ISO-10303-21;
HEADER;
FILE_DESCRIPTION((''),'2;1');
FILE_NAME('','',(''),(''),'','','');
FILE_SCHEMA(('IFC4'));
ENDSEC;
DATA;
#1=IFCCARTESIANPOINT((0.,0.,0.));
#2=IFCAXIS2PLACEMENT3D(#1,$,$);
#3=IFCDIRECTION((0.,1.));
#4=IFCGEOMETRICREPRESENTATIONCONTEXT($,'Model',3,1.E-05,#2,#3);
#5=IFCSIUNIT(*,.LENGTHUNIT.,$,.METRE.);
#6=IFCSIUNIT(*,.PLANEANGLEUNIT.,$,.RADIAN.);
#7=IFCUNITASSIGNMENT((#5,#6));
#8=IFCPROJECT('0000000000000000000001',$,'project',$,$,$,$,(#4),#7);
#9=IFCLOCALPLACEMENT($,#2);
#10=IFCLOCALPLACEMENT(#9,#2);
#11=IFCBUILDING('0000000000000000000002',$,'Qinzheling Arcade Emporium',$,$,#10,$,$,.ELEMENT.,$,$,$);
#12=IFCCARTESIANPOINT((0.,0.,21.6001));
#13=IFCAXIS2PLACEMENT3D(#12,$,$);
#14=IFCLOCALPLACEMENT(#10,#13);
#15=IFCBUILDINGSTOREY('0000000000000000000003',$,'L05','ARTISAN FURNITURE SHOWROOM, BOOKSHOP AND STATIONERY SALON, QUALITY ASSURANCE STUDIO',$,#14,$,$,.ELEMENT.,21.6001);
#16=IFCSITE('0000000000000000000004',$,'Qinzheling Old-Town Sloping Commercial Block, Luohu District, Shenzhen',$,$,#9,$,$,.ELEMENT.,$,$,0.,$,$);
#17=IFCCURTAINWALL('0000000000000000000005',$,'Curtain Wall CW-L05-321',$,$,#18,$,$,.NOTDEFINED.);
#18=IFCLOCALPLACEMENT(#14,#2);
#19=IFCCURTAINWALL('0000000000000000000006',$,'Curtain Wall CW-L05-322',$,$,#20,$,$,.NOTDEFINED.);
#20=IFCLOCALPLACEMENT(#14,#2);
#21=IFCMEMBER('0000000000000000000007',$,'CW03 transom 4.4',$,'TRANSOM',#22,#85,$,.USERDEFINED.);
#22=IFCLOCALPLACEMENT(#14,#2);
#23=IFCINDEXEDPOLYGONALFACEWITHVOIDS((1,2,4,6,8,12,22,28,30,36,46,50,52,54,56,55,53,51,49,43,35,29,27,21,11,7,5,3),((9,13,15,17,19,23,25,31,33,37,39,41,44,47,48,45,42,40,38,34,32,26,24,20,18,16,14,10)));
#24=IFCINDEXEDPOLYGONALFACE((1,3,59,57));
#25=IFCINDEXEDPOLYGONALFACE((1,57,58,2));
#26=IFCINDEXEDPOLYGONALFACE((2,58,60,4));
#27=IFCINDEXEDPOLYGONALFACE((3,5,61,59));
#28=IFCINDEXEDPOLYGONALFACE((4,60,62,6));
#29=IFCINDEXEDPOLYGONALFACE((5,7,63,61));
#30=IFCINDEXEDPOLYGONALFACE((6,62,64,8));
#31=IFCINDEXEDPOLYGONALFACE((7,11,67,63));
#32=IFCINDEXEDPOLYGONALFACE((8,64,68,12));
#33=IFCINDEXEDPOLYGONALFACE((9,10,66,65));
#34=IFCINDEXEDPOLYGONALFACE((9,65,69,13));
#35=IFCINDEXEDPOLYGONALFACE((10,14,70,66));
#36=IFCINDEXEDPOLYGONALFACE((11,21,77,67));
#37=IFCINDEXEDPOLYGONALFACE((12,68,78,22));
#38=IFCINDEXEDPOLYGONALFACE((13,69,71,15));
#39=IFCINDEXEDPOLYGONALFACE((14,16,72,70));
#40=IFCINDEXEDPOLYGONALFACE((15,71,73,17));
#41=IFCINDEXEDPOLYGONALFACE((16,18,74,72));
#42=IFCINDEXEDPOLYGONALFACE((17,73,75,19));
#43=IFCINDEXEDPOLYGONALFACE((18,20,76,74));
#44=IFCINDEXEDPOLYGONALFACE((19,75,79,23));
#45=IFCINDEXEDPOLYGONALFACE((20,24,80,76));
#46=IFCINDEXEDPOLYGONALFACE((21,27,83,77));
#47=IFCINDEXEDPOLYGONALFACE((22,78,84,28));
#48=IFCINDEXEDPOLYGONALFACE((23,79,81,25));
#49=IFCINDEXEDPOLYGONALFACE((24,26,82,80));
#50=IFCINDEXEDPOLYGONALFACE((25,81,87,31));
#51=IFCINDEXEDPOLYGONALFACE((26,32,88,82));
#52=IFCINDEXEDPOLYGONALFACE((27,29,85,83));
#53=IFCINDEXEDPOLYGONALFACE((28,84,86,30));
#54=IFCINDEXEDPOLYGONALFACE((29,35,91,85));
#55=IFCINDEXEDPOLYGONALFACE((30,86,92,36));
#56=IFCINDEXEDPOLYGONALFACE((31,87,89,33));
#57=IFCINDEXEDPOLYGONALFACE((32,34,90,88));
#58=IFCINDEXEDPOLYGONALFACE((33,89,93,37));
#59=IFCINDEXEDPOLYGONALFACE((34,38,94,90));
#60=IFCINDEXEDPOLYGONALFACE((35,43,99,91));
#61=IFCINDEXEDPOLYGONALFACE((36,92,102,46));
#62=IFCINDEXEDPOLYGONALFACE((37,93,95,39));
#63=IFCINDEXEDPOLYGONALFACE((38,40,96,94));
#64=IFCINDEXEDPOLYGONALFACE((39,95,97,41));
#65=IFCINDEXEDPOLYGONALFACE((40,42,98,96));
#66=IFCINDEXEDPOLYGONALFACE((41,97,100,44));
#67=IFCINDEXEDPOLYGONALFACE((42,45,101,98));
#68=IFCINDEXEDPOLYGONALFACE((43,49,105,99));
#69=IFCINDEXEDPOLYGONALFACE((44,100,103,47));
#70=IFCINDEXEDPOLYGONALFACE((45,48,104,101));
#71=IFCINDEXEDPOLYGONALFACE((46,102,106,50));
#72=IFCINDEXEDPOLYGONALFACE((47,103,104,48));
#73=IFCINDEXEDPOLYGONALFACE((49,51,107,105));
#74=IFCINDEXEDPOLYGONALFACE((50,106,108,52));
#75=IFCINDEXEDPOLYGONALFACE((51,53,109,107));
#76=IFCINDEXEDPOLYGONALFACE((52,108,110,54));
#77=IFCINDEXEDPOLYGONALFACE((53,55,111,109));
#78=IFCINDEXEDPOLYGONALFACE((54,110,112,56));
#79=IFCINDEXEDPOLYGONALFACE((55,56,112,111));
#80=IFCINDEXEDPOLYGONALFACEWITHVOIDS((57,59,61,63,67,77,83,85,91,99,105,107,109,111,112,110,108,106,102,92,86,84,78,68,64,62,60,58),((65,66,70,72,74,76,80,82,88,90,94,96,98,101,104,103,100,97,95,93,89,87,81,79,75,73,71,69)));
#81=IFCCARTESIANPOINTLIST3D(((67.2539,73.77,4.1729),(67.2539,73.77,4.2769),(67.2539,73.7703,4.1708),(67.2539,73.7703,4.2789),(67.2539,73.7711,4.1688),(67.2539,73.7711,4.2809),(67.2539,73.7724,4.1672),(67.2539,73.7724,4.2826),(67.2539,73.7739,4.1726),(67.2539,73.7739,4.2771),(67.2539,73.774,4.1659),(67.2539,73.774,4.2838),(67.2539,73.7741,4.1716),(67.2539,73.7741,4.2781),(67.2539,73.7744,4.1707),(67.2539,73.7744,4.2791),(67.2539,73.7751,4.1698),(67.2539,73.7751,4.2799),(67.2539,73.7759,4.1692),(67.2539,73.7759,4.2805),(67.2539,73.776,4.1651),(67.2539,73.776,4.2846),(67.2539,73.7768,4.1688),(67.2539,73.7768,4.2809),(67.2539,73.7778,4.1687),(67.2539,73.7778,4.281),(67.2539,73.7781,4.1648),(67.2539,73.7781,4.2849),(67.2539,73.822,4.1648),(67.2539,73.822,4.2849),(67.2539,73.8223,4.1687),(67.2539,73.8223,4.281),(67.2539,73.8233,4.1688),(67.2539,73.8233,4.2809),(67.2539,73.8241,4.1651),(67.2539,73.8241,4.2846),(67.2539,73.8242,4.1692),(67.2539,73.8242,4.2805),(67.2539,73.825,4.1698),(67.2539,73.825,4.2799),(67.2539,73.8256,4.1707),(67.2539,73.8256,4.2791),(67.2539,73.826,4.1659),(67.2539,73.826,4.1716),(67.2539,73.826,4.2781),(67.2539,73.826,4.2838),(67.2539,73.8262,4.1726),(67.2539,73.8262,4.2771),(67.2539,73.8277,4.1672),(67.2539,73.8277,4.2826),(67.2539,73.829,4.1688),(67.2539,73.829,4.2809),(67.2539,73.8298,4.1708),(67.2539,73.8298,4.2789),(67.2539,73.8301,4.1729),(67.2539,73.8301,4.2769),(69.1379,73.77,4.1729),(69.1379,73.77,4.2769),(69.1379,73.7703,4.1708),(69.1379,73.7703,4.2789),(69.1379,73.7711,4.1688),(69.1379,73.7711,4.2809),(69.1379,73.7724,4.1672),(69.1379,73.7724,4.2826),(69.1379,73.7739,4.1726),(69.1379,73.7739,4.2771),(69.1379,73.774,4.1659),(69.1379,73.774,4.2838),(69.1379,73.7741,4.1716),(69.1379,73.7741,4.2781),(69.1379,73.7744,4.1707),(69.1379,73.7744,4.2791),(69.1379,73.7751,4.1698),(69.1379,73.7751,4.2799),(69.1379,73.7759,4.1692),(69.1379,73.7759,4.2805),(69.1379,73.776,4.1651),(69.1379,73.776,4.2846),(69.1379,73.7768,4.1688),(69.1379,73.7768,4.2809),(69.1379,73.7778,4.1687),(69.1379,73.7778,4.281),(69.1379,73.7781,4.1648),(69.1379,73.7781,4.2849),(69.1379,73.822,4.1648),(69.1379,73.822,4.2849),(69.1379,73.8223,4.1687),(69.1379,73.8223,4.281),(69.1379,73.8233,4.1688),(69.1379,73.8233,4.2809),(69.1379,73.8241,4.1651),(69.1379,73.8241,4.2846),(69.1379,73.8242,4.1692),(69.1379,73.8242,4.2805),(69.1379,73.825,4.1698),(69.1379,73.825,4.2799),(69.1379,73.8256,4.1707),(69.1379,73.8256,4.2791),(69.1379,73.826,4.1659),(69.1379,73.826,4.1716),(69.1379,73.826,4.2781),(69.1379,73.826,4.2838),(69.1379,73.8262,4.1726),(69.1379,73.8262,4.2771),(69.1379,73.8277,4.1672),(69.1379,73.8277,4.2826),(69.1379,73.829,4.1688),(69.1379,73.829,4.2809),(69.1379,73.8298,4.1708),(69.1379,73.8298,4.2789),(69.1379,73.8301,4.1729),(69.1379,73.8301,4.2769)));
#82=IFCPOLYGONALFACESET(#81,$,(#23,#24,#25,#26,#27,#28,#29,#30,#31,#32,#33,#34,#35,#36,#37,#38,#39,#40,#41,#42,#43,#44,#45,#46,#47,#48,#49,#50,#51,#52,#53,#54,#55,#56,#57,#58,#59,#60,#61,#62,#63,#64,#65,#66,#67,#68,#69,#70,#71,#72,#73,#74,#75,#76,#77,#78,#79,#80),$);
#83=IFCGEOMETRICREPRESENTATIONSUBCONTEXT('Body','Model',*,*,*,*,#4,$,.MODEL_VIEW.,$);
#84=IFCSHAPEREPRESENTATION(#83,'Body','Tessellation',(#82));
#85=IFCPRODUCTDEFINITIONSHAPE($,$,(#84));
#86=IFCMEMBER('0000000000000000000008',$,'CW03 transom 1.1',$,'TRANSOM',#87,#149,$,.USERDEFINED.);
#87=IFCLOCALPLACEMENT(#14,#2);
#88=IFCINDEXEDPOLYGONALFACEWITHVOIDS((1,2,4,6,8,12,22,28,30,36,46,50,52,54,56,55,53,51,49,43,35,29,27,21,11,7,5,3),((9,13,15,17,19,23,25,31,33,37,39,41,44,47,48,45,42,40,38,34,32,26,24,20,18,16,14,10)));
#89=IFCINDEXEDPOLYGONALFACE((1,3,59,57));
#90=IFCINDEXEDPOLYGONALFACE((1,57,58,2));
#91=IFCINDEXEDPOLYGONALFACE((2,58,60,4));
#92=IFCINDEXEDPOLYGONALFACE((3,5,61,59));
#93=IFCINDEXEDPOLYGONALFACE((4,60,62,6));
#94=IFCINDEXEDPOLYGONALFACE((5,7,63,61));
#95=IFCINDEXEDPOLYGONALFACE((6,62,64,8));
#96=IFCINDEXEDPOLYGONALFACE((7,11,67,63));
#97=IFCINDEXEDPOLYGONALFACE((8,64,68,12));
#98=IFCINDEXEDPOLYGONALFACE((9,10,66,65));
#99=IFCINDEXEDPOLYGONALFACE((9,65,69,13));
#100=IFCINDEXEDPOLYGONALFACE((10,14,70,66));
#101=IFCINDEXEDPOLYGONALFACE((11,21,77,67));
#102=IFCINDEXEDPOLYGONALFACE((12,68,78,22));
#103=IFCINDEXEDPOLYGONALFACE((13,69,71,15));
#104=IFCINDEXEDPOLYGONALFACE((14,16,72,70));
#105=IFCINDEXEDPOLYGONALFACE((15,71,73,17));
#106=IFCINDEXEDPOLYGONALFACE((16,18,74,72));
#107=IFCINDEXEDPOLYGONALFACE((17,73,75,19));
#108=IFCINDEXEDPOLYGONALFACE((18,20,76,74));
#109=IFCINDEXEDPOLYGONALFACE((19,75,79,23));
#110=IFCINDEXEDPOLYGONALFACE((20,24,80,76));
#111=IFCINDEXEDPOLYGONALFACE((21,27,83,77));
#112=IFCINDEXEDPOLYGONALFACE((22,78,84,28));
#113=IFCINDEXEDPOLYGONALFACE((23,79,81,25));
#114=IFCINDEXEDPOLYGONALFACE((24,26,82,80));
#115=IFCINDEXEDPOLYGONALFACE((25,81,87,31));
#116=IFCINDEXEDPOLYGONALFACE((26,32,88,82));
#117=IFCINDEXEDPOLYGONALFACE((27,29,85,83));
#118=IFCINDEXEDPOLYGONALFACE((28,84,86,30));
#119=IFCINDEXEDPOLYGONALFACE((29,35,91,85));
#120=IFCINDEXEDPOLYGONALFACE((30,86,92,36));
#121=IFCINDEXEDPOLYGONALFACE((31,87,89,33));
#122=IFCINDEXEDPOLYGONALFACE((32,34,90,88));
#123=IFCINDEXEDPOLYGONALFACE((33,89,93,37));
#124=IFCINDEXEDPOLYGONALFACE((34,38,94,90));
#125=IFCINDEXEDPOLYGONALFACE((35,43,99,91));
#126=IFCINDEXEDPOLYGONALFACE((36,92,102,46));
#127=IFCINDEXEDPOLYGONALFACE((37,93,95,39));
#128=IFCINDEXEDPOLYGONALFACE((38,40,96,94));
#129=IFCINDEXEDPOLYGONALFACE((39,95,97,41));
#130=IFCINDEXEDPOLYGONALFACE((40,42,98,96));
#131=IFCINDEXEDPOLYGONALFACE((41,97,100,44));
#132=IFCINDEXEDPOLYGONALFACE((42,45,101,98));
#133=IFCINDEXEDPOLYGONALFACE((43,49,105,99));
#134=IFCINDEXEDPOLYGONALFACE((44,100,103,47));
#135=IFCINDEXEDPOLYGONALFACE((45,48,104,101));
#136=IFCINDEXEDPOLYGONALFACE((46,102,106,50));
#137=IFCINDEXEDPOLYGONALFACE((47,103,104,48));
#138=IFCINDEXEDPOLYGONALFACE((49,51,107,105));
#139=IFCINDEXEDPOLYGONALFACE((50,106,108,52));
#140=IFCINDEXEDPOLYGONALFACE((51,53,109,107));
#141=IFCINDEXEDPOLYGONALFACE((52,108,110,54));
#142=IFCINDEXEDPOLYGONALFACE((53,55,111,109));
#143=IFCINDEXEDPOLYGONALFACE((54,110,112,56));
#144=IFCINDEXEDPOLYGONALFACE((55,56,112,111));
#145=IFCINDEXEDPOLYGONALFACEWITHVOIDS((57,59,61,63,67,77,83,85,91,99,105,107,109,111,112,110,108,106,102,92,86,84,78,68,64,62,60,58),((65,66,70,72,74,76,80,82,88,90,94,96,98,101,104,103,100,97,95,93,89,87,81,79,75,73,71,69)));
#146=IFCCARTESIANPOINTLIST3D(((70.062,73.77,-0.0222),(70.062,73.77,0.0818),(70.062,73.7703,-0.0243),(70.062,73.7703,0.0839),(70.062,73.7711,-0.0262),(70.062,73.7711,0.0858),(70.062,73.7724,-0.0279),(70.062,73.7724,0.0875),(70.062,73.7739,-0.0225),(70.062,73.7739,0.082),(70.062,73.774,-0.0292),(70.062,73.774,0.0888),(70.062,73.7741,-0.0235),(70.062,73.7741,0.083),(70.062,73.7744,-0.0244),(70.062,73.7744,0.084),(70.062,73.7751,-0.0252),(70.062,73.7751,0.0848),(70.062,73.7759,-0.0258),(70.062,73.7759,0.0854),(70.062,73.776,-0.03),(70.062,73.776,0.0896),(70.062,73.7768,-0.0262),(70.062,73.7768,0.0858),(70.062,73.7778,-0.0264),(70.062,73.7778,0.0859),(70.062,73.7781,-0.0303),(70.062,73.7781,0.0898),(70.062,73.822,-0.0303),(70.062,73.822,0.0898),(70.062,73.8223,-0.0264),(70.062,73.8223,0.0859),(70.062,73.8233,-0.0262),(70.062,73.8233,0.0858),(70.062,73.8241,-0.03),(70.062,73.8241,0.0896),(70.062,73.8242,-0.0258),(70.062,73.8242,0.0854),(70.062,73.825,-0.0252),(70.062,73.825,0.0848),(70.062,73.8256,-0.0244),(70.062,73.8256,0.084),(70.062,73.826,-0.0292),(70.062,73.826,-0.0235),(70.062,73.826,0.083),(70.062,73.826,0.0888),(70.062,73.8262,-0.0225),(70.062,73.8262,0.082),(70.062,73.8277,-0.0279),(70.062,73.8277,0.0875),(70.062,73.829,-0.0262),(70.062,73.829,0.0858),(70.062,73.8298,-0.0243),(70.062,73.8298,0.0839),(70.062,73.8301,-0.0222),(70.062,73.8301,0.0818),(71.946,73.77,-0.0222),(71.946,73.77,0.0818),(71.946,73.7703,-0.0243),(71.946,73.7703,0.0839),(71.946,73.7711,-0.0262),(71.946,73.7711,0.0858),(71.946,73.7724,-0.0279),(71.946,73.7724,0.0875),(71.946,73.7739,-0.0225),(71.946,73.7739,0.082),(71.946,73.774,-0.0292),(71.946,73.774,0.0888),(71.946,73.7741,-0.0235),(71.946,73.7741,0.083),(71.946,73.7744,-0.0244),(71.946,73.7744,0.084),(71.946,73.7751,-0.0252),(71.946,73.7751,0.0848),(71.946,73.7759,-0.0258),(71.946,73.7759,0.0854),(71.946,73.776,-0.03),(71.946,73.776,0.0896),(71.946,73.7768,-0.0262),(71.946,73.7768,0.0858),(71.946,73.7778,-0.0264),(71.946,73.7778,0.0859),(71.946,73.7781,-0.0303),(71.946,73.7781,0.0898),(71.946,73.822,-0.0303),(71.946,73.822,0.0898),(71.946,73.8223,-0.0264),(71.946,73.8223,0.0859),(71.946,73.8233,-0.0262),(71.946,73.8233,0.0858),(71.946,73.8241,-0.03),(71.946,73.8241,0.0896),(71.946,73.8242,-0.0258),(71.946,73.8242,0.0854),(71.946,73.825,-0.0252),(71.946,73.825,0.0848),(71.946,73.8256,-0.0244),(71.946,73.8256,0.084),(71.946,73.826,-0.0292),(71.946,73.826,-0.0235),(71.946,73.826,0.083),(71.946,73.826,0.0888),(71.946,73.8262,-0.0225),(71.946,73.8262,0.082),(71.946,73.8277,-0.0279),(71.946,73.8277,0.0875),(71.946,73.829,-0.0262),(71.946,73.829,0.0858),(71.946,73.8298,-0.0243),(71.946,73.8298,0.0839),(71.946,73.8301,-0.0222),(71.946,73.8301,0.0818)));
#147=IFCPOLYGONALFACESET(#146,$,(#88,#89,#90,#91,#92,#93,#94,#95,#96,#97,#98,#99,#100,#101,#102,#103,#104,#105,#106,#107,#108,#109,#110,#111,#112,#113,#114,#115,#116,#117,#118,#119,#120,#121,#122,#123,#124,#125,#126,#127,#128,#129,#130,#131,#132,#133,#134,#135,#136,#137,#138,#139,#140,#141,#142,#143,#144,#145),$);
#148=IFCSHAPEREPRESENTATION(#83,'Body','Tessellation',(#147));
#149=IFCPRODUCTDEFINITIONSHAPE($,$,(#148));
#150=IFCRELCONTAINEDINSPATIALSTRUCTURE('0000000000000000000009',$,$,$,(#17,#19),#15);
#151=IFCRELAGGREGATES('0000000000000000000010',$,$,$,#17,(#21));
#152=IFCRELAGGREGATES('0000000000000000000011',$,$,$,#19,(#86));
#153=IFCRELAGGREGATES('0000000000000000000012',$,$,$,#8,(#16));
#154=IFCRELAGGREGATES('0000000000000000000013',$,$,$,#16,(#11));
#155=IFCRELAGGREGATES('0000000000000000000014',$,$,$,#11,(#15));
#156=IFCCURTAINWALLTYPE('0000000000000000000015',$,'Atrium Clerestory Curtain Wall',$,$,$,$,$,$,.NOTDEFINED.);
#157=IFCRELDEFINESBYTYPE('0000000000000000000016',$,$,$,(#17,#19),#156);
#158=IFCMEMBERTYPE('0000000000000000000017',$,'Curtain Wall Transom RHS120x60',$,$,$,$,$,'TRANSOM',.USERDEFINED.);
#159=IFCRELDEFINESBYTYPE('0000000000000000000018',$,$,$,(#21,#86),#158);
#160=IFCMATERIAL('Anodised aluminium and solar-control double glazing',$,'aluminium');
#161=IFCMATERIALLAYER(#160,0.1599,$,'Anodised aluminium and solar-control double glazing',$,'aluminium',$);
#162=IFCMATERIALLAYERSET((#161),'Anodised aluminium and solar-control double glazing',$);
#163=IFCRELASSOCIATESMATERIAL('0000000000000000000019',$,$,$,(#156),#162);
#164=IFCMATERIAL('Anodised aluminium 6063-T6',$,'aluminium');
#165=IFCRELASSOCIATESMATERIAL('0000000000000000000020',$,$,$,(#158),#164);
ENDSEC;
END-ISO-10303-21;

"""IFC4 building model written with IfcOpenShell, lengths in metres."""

from ifc_helpers import new_model, si_unit, direction, frame, origin, origin_2d, place, context, subcontext, project, spatial, hollow_rectangle, extrude, material, layer, layer_set, material_profile, profile_set, type_object, element, aggregate, save


model = new_model("IFC4")

# Units and contexts
model_context = context("Model", 3, precision=1e-05, world=origin(), true_north=direction((0.0, 1.0)))
body_context = subcontext(model_context, "Body", "Model", "MODEL_VIEW")
ifc_project = project(units=[si_unit("LENGTHUNIT", "METRE"), si_unit("PLANEANGLEUNIT", "RADIAN")], contexts=[model_context])

# Site, building, storey
site_placement = place(None, origin())
site = spatial("IfcSite", under=ifc_project, at=site_placement, Name="Qinzheling Old-Town Sloping Commercial Block, Luohu District, Shenzhen", CompositionType="ELEMENT", RefElevation=0.0)
building_placement = place(site_placement, origin())
building = spatial("IfcBuilding", under=site, at=building_placement, Name="Qinzheling Arcade Emporium", CompositionType="ELEMENT")
storey_placement = place(building_placement, frame((0.0, 0.0, 21.6001)))
storey = spatial("IfcBuildingStorey", under=building, at=storey_placement, Name="L05", Description="ARTISAN FURNITURE SHOWROOM, BOOKSHOP AND STATIONERY SALON, QUALITY ASSURANCE STUDIO", CompositionType="ELEMENT", Elevation=21.6001)

# Curtain wall
ifc_material_1 = material(Name="Anodised aluminium and solar-control double glazing", Category="aluminium")
ifc_layer_1 = layer(ifc_material_1, 0.1599, Name="Anodised aluminium and solar-control double glazing", Category="aluminium")
ifc_layer_set_1 = layer_set([ifc_layer_1], Name="Anodised aluminium and solar-control double glazing")
curtain_wall_type = type_object("IfcCurtainWallType", Name="Atrium Clerestory Curtain Wall", PredefinedType="NOTDEFINED", material=ifc_layer_set_1)
curtain_wall_1_placement = place(storey_placement, origin())
curtain_wall_1 = element("IfcCurtainWall", 1, at=curtain_wall_1_placement, inside=storey, type_object=curtain_wall_type, Name="Curtain Wall CW-L05-321", PredefinedType="NOTDEFINED")
ifc_material_2 = material(Name="Anodised aluminium 6063-T6", Category="aluminium")

# Curtain wall
curtain_wall_2_placement = place(storey_placement, origin())
curtain_wall_2 = element("IfcCurtainWall", 2, at=curtain_wall_2_placement, inside=storey, type_object=curtain_wall_type, Name="Curtain Wall CW-L05-322", PredefinedType="NOTDEFINED")

# Members
ifc_material_profile_1 = material_profile(ifc_material_2, hollow_rectangle(XDim=0.0601, YDim=0.1201, WallThickness=0.0039, InnerFilletRadius=0.0039, OuterFilletRadius=0.0081, at=origin_2d()), Name="RHS 120x60x4", Category="aluminium")
ifc_profile_set_1 = profile_set([ifc_material_profile_1], Name="Anodised aluminium 6063-T6")
member_type_1 = type_object("IfcMemberType", Name="Curtain Wall Transom RHS120x60", ElementType="TRANSOM", PredefinedType="USERDEFINED", material=ifc_profile_set_1)
member_1_placement = place(storey_placement, frame((67.2539, 73.8, 4.2249), z_axis=(1.0, 0.0, 0.0), x_axis=(0.0, 1.0, 0.0)))
member_1 = element("IfcMember", 3, at=member_1_placement, type_object=member_type_1, Name="CW03 transom 4.4", ObjectType="TRANSOM", PredefinedType="USERDEFINED", context=body_context, shape_type="SweptSolid", body=[
    extrude(hollow_rectangle(XDim=0.0601, YDim=0.1201, WallThickness=0.0039, InnerFilletRadius=0.0039, OuterFilletRadius=0.0081, at=origin_2d()), origin(), (0.0, 0.0, 1.0), 1.884),
])
member_2_placement = place(storey_placement, frame((70.062, 73.8, 0.0298), z_axis=(1.0, 0.0, 0.0), x_axis=(0.0, 1.0, 0.0)))
member_2 = element("IfcMember", 4, at=member_2_placement, type_object=member_type_1, Name="CW03 transom 1.1", ObjectType="TRANSOM", PredefinedType="USERDEFINED", context=body_context, shape_type="SweptSolid", body=[
    extrude(hollow_rectangle(XDim=0.0601, YDim=0.1201, WallThickness=0.0039, InnerFilletRadius=0.0039, OuterFilletRadius=0.0081, at=origin_2d()), origin(), (0.0, 0.0, 1.0), 1.884),
])

aggregate(curtain_wall_1, [member_1])
aggregate(curtain_wall_2, [member_2])

save(model, "model.ifc")
